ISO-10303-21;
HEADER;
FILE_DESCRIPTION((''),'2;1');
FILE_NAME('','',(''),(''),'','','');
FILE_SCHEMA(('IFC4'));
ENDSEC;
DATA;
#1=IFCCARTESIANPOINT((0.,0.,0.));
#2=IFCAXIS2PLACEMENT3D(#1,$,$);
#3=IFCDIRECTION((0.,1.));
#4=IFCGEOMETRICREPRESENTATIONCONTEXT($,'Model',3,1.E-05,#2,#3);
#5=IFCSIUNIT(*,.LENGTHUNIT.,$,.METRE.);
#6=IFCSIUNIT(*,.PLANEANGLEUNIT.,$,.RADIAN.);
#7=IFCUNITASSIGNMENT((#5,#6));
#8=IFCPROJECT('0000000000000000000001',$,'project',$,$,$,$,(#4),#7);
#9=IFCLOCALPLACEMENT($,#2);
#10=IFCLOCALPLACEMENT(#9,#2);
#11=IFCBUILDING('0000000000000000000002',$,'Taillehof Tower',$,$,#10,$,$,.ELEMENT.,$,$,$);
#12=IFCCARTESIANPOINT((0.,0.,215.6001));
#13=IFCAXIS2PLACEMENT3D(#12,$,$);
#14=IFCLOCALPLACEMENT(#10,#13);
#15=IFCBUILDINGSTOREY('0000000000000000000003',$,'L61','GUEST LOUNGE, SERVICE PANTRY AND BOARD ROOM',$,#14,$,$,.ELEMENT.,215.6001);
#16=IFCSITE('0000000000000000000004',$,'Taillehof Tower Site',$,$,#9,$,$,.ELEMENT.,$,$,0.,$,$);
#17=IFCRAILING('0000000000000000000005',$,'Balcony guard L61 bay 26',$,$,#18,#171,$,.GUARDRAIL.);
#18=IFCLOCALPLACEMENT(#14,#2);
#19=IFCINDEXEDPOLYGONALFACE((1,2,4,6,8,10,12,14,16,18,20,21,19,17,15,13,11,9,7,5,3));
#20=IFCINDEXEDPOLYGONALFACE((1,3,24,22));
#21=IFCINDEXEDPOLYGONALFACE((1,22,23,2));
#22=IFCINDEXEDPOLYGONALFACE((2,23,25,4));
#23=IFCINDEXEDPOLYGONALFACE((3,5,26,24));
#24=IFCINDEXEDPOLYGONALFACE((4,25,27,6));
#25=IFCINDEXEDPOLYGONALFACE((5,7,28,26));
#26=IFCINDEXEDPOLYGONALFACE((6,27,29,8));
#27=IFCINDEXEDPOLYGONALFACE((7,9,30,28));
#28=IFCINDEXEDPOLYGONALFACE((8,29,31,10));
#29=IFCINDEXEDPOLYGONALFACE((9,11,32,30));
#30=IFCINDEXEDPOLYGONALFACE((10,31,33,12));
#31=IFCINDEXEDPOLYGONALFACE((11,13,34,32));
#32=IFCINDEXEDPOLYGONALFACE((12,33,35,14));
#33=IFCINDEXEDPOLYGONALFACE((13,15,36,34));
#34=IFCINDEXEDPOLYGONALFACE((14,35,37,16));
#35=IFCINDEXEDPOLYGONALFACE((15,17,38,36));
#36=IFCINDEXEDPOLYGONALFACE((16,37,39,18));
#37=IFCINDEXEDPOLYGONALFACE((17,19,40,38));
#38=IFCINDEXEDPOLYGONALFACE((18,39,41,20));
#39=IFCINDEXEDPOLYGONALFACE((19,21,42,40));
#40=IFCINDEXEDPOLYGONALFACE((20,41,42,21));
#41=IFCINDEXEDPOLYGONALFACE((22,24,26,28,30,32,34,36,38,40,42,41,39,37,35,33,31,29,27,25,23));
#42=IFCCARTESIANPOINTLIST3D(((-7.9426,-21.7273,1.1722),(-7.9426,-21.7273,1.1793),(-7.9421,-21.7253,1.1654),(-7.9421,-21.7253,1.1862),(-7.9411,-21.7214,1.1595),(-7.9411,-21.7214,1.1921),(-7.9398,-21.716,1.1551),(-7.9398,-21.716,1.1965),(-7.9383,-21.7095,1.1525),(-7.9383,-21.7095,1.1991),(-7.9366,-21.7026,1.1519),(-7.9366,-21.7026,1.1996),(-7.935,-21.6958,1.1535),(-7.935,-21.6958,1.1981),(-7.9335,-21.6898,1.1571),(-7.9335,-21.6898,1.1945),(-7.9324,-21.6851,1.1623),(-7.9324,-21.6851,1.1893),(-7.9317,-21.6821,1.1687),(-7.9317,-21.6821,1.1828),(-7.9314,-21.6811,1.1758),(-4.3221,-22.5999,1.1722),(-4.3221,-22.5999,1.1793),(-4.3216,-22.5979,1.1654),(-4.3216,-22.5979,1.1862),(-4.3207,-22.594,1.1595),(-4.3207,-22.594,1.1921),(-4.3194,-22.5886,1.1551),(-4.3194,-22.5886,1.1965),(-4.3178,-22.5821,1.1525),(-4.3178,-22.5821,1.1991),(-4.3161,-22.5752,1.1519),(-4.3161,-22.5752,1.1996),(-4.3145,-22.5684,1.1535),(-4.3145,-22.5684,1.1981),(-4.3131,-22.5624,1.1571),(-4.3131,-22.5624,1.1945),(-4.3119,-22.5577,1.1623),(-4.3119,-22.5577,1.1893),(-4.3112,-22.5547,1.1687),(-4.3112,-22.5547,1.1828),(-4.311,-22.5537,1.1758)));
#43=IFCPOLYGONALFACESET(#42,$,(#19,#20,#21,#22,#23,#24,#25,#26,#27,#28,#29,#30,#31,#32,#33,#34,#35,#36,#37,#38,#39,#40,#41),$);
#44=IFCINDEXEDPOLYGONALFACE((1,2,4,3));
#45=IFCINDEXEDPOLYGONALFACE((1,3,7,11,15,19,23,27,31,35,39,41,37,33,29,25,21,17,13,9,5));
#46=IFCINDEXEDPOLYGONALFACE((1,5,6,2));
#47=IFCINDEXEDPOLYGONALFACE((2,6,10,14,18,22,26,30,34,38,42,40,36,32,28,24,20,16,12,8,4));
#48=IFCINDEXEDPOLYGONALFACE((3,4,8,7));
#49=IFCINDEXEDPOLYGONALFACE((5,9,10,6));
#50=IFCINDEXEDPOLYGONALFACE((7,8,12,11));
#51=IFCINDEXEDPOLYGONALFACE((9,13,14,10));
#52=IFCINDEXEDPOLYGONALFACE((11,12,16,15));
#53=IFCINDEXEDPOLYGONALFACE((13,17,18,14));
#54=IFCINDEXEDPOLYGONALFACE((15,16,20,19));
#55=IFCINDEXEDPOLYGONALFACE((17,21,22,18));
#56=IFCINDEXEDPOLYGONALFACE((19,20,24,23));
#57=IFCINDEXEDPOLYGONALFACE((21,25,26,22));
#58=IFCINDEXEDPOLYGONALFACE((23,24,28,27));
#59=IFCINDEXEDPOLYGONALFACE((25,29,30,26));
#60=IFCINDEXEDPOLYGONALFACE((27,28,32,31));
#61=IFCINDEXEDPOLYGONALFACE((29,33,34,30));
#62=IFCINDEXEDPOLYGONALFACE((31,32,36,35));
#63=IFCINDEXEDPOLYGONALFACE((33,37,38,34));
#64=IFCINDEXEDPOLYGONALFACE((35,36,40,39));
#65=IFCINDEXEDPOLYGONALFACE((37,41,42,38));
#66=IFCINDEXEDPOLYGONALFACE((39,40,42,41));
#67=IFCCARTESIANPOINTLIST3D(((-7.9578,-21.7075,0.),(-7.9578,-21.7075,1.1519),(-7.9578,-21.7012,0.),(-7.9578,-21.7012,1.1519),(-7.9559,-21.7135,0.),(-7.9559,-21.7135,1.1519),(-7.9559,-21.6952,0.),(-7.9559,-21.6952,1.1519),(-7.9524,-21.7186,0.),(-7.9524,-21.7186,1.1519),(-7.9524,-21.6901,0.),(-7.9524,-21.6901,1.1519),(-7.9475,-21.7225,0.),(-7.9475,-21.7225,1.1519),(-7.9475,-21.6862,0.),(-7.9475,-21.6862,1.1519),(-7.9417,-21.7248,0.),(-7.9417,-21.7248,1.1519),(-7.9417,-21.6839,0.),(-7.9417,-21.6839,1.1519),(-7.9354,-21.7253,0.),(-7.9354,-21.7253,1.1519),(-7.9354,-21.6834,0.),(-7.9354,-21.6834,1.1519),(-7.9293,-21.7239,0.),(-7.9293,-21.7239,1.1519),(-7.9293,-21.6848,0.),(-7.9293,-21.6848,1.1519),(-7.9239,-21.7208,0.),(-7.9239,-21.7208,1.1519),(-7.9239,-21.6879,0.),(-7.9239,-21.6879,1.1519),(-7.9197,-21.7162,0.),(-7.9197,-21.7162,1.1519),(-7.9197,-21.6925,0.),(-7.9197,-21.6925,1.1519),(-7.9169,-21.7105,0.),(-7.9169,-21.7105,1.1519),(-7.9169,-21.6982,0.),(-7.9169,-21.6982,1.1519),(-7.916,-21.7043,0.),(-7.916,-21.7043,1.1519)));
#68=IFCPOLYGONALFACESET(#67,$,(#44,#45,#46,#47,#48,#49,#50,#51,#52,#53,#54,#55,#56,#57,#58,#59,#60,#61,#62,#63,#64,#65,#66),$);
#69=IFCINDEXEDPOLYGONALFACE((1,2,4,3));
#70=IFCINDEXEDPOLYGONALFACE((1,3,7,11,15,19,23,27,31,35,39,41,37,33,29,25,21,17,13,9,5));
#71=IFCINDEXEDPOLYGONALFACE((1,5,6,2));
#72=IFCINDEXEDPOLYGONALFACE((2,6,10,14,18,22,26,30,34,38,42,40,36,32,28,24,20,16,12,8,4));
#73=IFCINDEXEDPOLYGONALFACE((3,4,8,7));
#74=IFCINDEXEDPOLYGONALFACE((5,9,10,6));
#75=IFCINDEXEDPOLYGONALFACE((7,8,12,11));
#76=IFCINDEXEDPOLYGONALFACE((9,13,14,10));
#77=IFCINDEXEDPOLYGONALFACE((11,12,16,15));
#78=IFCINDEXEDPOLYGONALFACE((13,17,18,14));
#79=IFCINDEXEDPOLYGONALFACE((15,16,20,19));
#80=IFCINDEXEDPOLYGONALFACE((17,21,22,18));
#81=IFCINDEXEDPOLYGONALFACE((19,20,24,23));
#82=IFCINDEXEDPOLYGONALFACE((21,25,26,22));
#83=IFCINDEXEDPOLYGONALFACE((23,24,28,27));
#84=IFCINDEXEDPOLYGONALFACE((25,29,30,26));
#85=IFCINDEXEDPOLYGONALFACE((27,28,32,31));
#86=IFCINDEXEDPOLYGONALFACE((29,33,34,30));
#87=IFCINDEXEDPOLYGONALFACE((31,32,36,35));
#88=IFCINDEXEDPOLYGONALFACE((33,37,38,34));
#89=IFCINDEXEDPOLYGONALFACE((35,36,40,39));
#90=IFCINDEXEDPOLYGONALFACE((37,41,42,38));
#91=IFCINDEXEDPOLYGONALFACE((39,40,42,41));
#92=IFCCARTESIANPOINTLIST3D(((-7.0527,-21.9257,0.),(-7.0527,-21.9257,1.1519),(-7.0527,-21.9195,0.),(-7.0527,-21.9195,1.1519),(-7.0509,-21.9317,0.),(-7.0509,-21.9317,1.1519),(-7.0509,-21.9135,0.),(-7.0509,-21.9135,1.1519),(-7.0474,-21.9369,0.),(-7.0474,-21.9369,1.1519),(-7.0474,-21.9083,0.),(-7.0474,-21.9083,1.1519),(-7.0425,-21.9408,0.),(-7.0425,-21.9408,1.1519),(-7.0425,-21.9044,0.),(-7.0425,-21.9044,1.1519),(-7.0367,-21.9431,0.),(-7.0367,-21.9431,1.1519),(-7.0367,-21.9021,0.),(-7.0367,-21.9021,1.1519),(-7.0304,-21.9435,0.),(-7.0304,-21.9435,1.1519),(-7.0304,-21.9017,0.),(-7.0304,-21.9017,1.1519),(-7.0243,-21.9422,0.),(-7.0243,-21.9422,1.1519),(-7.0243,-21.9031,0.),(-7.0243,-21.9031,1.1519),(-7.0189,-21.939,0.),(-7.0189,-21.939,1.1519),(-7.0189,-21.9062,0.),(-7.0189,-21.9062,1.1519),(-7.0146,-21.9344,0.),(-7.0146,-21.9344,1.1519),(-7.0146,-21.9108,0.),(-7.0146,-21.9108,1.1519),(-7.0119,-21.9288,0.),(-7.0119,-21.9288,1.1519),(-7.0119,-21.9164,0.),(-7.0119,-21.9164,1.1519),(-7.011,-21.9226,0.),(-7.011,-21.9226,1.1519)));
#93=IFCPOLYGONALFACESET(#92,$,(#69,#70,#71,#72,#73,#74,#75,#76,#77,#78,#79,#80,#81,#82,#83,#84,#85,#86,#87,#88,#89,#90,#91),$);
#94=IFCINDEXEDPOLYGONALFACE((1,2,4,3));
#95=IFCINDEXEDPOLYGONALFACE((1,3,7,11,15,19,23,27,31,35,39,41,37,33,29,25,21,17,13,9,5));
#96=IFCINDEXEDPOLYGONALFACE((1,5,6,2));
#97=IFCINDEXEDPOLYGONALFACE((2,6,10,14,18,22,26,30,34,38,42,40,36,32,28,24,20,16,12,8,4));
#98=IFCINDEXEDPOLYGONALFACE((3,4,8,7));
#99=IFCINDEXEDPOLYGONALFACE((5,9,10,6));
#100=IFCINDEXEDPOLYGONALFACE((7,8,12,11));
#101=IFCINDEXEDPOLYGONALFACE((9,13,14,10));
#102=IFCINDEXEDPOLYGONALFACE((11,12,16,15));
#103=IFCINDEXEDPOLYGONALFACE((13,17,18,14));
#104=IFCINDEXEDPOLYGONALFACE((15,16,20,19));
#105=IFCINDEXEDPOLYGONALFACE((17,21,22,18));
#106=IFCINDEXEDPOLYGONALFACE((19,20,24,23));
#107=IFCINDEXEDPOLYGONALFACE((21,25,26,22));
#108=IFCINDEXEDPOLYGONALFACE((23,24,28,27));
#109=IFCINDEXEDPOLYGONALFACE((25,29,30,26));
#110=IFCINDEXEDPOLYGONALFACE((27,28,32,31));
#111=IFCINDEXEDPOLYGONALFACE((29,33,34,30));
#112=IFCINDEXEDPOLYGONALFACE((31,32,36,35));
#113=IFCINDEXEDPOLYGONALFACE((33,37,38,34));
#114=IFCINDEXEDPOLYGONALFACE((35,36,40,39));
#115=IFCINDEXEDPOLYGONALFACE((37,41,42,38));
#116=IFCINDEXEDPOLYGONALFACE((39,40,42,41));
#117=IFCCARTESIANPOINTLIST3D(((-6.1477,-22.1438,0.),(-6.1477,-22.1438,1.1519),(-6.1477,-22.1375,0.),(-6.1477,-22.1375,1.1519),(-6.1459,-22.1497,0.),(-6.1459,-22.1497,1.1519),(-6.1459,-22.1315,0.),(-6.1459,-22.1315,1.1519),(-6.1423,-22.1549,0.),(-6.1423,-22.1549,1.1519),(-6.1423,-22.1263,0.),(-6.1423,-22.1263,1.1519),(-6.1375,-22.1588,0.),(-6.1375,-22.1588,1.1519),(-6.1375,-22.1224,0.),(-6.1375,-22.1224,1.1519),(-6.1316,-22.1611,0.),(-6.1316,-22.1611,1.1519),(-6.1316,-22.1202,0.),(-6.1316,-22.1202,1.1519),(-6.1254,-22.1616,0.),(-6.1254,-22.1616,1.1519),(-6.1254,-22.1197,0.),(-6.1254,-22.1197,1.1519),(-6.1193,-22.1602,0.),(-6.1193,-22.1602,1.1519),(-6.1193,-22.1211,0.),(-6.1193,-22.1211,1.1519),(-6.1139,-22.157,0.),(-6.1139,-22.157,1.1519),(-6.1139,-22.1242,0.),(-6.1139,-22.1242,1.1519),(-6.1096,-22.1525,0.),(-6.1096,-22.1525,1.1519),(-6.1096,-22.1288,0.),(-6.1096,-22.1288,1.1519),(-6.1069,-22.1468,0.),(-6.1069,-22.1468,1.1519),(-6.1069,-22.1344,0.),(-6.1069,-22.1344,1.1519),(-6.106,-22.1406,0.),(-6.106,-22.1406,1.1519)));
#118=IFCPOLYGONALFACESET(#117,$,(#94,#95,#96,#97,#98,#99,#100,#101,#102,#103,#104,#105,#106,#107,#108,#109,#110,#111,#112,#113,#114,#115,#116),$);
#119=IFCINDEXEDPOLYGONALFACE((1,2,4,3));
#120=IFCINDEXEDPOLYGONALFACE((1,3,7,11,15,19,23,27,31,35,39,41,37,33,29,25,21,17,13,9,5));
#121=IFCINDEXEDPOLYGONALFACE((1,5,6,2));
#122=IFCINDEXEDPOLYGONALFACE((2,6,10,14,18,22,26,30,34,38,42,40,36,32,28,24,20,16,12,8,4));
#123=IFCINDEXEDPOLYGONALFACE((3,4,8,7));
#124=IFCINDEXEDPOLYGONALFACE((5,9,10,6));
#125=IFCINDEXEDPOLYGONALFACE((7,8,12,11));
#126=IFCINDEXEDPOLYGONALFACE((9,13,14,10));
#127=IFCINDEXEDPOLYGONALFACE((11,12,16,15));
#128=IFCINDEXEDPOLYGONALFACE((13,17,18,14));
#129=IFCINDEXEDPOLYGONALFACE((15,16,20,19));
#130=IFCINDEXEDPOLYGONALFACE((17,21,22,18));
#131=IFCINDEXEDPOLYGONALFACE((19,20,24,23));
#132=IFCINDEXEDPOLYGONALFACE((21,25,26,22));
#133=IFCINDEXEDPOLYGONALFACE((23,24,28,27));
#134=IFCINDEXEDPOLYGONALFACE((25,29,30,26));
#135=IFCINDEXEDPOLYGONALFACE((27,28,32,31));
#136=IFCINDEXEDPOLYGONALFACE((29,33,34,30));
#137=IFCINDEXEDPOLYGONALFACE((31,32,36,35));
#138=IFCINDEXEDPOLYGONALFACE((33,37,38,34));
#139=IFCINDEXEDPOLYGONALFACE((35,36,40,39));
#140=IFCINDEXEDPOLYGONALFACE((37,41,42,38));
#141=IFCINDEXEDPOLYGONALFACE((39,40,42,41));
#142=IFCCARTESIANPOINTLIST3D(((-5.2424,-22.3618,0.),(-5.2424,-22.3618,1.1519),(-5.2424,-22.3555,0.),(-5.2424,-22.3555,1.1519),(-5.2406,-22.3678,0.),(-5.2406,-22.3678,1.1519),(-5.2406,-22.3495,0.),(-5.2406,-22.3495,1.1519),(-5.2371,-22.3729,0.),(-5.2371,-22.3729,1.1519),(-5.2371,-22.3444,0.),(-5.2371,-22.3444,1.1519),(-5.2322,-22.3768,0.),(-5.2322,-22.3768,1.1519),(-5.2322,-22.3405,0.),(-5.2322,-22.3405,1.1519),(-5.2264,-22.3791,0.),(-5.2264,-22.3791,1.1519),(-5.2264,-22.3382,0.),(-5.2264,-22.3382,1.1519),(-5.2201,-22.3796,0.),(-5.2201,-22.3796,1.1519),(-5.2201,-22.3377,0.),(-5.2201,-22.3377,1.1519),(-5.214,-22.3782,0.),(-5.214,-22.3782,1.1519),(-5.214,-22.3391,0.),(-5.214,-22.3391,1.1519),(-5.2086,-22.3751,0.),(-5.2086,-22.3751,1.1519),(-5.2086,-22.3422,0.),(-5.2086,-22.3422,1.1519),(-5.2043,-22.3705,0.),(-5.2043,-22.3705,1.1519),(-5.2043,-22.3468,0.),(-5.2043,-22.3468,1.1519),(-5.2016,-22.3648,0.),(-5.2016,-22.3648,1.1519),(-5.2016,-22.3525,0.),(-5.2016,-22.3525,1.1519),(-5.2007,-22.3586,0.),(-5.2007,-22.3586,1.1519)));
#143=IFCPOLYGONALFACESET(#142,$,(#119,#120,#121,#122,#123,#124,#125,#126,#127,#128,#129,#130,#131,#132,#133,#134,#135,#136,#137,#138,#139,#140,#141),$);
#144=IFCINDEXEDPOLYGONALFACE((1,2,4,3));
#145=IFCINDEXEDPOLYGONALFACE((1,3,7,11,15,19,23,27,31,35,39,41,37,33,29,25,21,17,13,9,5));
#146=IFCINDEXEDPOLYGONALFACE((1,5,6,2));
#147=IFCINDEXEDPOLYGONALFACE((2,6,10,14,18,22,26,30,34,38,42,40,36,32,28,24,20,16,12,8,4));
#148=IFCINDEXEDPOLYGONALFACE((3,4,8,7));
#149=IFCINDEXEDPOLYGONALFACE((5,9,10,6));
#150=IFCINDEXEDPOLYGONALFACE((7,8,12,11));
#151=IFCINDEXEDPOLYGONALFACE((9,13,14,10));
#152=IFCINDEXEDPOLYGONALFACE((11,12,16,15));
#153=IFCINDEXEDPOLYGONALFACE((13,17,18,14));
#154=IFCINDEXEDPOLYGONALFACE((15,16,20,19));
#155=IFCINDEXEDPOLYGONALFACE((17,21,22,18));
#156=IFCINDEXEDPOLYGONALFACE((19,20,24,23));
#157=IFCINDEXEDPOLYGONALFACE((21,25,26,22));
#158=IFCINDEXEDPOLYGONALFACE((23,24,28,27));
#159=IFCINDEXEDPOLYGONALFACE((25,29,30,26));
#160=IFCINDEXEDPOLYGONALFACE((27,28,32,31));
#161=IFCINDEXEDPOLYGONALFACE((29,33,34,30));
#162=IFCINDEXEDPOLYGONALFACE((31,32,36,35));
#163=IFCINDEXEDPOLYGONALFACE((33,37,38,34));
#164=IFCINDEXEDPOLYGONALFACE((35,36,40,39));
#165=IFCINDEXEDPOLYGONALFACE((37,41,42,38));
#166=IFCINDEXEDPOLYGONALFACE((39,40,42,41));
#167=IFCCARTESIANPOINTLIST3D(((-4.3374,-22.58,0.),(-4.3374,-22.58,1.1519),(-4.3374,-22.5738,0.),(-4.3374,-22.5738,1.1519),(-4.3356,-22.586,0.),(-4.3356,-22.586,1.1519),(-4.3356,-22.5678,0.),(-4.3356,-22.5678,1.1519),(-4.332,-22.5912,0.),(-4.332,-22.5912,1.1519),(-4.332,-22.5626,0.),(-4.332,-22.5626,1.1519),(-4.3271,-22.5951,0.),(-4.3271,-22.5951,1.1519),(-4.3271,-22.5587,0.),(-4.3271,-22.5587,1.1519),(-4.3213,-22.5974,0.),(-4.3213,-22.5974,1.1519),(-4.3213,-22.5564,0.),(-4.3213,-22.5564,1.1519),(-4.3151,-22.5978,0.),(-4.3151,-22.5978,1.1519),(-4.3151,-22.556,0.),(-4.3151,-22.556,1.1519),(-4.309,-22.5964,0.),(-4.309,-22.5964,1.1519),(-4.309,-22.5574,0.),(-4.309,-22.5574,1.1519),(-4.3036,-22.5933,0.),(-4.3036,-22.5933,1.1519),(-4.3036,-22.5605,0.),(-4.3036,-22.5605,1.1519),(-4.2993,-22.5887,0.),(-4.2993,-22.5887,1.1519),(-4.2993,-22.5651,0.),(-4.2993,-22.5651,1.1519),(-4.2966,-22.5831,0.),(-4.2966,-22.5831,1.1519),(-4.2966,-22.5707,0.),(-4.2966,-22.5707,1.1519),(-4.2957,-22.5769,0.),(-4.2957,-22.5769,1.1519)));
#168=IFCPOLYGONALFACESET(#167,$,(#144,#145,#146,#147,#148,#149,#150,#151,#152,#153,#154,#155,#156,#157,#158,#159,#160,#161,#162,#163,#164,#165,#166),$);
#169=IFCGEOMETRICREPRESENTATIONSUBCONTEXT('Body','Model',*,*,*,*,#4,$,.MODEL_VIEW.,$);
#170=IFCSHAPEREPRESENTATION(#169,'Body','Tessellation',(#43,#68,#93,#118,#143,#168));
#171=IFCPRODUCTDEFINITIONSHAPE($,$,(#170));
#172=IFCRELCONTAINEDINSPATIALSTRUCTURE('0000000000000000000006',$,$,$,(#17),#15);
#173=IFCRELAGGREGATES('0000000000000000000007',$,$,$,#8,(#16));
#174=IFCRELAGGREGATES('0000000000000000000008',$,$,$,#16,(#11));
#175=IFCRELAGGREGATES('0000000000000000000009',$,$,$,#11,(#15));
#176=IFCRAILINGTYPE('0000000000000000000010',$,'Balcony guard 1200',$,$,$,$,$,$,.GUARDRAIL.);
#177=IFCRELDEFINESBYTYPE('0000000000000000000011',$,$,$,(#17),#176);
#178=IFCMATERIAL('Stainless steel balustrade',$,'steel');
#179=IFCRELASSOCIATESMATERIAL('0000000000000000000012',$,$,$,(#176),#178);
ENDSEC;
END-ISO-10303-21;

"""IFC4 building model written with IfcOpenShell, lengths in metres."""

from ifc_helpers import new_model, si_unit, direction, frame, origin, origin_2d, place, context, subcontext, project, spatial, circle, extrude, material, type_object, element, save


model = new_model("IFC4")

# Units and contexts
model_context = context("Model", 3, precision=1e-05, world=origin(), true_north=direction((0.0, 1.0)))
body_context = subcontext(model_context, "Body", "Model", "MODEL_VIEW")
ifc_project = project(units=[si_unit("LENGTHUNIT", "METRE"), si_unit("PLANEANGLEUNIT", "RADIAN")], contexts=[model_context])

# Site, building, storey
site_placement = place(None, origin())
site = spatial("IfcSite", under=ifc_project, at=site_placement, Name="Taillehof Tower Site", CompositionType="ELEMENT", RefElevation=0.0)
building_placement = place(site_placement, origin())
building = spatial("IfcBuilding", under=site, at=building_placement, Name="Taillehof Tower", CompositionType="ELEMENT")
storey_placement = place(building_placement, frame((0.0, 0.0, 215.6001)))
storey = spatial("IfcBuildingStorey", under=building, at=storey_placement, Name="L61", Description="GUEST LOUNGE, SERVICE PANTRY AND BOARD ROOM", CompositionType="ELEMENT", Elevation=215.6001)

# Railing
ifc_material_1 = material(Name="Stainless steel balustrade", Category="steel")
railing_type = type_object("IfcRailingType", Name="Balcony guard 1200", PredefinedType="GUARDRAIL", material=ifc_material_1)
railing_1_placement = place(storey_placement, frame((-7.937, -21.7043, 0.0)))
element("IfcRailing", 1, at=railing_1_placement, inside=storey, type_object=railing_type, Name="Balcony guard L61 bay 26", PredefinedType="GUARDRAIL", context=body_context, shape_type="SweptSolid", body=[
    extrude(circle(Radius=0.0239, at=origin_2d()), frame((0.0, 0.0, 1.1758), z_axis=(0.972163, -0.234305, 0.0), x_axis=(0.234305, 0.972163, 0.0)), (0.0, 0.0, 1.0), 3.7241),
    extrude(circle(Radius=0.021, at=origin_2d()), origin(), (0.0, 0.0, 1.0), 1.1519),
    extrude(circle(Radius=0.021, at=origin_2d()), frame((0.905, -0.2183, 0.0)), (0.0, 0.0, 1.0), 1.1519),
    extrude(circle(Radius=0.021, at=origin_2d()), frame((1.8101, -0.4363, 0.0)), (0.0, 0.0, 1.0), 1.1519),
    extrude(circle(Radius=0.021, at=origin_2d()), frame((2.7153, -0.6543, 0.0)), (0.0, 0.0, 1.0), 1.1519),
    extrude(circle(Radius=0.021, at=origin_2d()), frame((3.6204, -0.8726, 0.0)), (0.0, 0.0, 1.0), 1.1519),
])

save(model, "model.ifc")
